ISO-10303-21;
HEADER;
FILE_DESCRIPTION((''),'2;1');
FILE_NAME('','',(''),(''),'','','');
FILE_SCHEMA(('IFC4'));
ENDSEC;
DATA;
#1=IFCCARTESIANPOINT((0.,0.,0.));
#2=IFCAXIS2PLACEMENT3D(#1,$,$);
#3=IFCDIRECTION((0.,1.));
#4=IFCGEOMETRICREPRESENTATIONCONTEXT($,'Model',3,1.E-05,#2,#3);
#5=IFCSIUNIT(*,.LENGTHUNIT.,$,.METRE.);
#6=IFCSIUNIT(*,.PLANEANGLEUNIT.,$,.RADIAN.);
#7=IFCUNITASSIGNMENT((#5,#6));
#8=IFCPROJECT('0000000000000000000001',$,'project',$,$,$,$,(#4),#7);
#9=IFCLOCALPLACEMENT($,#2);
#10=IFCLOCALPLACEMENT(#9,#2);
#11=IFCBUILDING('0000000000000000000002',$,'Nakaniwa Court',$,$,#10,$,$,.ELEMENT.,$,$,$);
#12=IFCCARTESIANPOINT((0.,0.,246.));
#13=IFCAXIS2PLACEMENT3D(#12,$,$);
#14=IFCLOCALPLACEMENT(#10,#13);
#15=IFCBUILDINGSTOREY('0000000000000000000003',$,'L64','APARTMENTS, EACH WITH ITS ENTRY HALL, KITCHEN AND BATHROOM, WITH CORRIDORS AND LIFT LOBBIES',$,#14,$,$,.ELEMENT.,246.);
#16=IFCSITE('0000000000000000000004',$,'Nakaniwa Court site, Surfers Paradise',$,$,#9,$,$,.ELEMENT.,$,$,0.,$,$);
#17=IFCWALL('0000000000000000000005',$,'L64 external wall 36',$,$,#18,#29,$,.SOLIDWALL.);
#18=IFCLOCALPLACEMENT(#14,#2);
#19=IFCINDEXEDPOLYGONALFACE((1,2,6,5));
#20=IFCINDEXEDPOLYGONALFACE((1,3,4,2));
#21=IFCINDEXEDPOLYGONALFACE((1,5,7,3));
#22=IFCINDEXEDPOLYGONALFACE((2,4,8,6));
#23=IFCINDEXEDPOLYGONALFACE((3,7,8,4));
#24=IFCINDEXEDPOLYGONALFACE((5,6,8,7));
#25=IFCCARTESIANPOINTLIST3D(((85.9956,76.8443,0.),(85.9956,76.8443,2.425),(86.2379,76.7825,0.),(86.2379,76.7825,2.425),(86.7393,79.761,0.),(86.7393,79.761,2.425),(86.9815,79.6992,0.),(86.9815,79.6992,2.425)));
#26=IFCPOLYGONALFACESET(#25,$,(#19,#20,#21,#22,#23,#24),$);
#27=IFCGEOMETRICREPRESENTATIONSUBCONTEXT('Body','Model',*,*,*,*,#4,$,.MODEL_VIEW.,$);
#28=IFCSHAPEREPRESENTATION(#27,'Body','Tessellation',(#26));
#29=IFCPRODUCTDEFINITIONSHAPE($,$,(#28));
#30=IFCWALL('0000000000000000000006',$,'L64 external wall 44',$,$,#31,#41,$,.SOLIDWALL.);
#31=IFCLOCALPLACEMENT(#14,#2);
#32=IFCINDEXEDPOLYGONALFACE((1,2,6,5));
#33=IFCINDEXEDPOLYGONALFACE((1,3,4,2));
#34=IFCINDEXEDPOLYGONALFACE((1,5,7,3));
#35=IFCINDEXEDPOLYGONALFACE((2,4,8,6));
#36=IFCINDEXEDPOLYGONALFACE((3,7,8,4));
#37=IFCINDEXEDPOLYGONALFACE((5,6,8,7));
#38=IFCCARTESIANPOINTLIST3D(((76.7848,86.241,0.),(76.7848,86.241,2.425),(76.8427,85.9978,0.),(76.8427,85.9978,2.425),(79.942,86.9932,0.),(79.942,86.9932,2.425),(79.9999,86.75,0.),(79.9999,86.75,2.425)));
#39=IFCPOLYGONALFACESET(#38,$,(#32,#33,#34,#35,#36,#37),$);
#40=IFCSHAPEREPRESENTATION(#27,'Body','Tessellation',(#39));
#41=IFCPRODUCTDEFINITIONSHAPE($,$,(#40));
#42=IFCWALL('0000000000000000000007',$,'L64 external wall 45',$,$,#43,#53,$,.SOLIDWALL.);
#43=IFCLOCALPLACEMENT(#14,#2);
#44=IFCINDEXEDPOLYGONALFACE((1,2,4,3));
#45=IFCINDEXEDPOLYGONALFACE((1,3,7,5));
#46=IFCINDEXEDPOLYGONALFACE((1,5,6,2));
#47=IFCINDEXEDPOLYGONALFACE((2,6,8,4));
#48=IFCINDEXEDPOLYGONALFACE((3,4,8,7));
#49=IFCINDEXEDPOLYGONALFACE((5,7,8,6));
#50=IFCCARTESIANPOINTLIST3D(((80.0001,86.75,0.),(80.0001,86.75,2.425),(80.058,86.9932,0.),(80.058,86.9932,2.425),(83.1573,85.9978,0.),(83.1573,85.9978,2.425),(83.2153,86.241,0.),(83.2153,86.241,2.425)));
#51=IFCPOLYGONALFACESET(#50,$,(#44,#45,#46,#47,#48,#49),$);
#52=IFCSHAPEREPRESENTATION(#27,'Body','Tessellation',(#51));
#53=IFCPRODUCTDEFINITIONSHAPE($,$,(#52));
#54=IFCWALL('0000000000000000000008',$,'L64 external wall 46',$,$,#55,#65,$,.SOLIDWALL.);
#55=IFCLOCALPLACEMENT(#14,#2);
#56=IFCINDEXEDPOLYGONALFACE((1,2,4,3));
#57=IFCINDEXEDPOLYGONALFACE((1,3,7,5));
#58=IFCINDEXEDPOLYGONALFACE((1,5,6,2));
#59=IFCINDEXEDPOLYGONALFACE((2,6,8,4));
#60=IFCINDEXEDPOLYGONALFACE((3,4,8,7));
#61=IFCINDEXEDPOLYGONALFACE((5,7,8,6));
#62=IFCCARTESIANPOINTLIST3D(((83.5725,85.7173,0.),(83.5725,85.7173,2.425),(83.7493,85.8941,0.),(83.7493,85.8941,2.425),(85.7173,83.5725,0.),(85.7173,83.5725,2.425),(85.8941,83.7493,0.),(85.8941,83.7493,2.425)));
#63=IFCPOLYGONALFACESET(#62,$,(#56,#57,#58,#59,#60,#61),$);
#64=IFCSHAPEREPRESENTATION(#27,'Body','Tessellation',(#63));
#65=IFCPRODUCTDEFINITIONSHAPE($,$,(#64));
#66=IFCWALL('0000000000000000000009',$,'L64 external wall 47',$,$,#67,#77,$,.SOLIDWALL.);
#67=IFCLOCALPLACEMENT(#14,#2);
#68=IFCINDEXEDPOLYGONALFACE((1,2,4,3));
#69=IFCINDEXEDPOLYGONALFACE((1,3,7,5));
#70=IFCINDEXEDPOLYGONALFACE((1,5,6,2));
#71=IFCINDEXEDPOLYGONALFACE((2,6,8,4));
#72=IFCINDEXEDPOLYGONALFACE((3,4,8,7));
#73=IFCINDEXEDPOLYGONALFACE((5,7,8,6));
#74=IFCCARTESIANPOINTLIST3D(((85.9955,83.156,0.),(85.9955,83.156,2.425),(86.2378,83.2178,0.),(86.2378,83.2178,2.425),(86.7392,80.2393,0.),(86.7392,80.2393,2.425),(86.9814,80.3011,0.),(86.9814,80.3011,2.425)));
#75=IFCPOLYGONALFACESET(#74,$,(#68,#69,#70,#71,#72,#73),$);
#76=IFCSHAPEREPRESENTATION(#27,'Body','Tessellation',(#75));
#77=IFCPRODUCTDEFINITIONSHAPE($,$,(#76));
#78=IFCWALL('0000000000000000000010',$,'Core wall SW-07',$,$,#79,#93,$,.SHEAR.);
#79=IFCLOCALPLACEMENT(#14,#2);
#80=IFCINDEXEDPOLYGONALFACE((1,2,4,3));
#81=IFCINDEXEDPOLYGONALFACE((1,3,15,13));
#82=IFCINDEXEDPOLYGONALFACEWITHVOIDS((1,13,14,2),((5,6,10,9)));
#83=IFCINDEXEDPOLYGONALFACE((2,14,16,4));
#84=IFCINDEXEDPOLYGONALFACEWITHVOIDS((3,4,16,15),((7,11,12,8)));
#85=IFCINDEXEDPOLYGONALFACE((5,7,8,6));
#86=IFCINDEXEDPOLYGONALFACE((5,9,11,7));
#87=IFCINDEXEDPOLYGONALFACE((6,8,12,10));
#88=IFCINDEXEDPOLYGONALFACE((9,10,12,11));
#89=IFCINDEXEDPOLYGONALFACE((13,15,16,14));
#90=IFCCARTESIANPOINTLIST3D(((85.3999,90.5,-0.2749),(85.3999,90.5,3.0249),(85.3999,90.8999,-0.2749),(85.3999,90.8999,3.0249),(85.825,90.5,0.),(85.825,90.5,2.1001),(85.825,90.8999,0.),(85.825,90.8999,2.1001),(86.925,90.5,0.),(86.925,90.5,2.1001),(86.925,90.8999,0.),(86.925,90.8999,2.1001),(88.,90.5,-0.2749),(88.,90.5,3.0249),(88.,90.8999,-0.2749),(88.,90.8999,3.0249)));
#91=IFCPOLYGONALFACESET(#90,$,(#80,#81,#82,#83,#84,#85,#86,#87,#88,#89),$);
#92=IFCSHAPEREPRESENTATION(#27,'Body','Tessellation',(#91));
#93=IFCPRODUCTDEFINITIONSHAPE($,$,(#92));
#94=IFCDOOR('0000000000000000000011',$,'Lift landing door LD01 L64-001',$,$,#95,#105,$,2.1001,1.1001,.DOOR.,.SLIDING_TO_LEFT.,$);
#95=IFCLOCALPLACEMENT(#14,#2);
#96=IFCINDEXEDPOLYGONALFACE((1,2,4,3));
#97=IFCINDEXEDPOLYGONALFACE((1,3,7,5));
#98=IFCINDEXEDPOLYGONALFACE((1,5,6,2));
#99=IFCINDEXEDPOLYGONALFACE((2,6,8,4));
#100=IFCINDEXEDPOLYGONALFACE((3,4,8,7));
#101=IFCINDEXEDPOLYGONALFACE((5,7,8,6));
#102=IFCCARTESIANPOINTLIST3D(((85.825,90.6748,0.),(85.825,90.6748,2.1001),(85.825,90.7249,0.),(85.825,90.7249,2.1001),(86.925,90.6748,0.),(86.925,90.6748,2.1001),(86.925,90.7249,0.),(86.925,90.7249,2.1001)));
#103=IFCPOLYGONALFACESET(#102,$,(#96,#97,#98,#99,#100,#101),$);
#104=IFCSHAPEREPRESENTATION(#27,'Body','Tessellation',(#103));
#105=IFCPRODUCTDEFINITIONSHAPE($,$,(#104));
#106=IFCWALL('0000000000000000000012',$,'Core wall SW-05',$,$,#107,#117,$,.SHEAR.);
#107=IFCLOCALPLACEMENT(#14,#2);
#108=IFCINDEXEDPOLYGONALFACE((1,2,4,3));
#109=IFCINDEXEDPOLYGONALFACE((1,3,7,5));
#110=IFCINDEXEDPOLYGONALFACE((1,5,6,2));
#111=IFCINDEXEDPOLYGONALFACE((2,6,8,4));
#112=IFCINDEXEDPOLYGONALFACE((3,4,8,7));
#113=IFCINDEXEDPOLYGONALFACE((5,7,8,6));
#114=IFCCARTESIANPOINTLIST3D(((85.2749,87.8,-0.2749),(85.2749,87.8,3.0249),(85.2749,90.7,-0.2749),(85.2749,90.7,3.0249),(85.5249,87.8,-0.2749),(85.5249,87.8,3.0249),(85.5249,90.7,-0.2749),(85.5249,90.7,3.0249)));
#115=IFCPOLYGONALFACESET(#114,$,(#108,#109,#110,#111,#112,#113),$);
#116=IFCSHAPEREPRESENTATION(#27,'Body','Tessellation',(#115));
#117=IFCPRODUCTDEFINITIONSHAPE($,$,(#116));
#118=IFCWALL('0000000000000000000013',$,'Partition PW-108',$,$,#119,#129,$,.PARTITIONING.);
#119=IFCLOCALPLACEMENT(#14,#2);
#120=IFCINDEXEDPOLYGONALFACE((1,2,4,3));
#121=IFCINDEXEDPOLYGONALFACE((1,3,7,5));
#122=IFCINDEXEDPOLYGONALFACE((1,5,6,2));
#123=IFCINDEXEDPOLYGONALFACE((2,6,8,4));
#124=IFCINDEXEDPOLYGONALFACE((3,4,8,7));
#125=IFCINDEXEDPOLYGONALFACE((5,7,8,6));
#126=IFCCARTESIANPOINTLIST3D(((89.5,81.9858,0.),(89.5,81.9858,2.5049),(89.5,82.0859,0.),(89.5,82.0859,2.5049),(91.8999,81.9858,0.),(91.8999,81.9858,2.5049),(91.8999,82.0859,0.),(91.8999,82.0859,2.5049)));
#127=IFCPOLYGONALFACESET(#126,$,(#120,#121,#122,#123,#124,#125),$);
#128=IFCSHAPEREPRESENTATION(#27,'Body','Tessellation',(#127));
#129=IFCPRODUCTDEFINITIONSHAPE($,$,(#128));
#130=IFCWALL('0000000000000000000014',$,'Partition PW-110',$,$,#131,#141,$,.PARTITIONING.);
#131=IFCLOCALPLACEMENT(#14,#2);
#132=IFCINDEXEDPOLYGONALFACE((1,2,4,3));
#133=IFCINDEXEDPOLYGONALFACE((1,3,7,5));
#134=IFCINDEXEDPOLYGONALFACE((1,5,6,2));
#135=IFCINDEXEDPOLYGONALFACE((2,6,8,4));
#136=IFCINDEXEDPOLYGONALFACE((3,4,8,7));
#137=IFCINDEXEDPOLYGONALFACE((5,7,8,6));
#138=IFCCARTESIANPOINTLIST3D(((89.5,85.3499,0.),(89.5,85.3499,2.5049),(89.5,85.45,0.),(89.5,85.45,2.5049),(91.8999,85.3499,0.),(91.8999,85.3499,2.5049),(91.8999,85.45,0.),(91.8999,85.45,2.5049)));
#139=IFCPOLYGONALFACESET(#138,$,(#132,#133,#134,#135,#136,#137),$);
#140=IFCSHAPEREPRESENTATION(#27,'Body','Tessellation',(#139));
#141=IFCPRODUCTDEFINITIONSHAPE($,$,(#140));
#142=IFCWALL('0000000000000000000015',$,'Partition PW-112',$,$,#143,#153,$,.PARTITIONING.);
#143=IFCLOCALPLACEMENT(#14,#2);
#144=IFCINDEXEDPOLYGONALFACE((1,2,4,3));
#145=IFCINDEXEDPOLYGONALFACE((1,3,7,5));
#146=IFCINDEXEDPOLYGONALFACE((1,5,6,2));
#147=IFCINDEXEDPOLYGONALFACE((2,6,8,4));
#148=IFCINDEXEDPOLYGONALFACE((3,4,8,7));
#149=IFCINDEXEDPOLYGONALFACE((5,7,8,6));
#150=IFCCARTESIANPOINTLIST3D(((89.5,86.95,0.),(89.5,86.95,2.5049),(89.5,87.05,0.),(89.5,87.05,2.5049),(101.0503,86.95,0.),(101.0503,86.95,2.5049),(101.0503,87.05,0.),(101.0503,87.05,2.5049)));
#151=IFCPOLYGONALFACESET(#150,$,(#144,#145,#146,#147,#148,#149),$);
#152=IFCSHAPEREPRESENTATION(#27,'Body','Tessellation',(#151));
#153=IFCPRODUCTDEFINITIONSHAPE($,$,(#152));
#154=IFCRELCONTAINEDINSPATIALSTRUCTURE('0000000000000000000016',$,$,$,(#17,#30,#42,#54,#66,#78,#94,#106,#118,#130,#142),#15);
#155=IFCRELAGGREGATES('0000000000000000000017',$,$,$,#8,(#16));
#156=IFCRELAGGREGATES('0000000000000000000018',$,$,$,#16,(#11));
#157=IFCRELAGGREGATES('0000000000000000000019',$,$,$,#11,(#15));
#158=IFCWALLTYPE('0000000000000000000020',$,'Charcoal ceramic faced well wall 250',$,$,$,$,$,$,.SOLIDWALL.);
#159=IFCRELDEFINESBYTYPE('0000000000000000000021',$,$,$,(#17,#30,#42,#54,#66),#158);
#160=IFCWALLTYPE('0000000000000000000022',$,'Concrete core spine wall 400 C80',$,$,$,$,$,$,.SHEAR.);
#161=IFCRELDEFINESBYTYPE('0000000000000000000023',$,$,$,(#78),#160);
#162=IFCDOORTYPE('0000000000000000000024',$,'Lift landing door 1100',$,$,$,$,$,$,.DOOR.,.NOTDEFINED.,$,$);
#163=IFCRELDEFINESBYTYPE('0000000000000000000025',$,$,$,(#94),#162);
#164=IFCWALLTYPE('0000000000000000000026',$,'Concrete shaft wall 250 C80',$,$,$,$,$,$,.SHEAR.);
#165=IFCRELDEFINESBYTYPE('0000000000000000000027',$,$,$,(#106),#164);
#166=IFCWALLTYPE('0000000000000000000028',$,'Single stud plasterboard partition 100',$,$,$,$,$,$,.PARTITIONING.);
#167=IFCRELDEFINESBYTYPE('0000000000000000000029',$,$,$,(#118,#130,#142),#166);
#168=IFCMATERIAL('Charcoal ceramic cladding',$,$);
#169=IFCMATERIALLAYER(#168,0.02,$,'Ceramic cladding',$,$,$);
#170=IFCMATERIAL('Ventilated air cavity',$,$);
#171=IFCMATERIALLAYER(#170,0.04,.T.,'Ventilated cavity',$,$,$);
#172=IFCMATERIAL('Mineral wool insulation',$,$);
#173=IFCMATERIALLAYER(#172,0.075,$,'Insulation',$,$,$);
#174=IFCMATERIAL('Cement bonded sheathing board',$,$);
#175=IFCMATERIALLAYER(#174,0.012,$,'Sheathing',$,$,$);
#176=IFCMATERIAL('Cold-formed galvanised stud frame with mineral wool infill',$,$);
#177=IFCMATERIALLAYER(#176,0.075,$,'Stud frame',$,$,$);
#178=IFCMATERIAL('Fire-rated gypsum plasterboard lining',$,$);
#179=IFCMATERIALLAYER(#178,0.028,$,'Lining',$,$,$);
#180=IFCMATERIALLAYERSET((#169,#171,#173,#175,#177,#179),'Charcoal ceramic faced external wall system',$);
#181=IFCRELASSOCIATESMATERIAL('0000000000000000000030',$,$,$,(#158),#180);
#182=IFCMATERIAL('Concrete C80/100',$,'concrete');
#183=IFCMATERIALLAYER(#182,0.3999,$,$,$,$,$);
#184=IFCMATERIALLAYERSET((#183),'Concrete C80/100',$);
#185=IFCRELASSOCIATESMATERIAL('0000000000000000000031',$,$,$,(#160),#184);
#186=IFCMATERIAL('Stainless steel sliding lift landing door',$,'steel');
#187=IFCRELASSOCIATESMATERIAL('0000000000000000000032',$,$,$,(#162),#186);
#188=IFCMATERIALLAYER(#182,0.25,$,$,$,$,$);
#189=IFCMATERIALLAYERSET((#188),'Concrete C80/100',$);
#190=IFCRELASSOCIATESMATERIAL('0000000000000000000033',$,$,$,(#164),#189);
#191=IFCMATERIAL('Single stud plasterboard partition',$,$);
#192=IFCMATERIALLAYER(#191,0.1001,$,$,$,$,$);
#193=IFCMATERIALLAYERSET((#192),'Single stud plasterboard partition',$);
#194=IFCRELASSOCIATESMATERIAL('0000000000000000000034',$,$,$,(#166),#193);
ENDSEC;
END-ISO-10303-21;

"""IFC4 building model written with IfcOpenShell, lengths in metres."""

from ifc_helpers import new_model, si_unit, direction, frame, frame_2d, origin, place, context, subcontext, project, spatial, rectangle, extrude, material, layer, layer_set, type_object, element, fill, save


model = new_model("IFC4")

# Units and contexts
model_context = context("Model", 3, precision=1e-05, world=origin(), true_north=direction((0.0, 1.0)))
body_context = subcontext(model_context, "Body", "Model", "MODEL_VIEW")
ifc_project = project(units=[si_unit("LENGTHUNIT", "METRE"), si_unit("PLANEANGLEUNIT", "RADIAN")], contexts=[model_context])

# Site, building, storey
site_placement = place(None, origin())
site = spatial("IfcSite", under=ifc_project, at=site_placement, Name="Nakaniwa Court site, Surfers Paradise", CompositionType="ELEMENT", RefElevation=0.0)
building_placement = place(site_placement, origin())
building = spatial("IfcBuilding", under=site, at=building_placement, Name="Nakaniwa Court", CompositionType="ELEMENT")
storey_placement = place(building_placement, frame((0.0, 0.0, 246.0)))
storey = spatial("IfcBuildingStorey", under=building, at=storey_placement, Name="L64", Description="APARTMENTS, EACH WITH ITS ENTRY HALL, KITCHEN AND BATHROOM, WITH CORRIDORS AND LIFT LOBBIES", CompositionType="ELEMENT", Elevation=246.0)

# Shared definitions
ifc_material_1 = material(Name="Concrete C80/100", Category="concrete")

# Walls
ifc_material_2 = material(Name="Charcoal ceramic cladding")
ifc_layer_1 = layer(ifc_material_2, 0.02, Name="Ceramic cladding")
ifc_material_3 = material(Name="Ventilated air cavity")
ifc_layer_2 = layer(ifc_material_3, 0.04, ventilated=True, Name="Ventilated cavity")
ifc_material_4 = material(Name="Mineral wool insulation")
ifc_layer_3 = layer(ifc_material_4, 0.075, Name="Insulation")
ifc_material_5 = material(Name="Cement bonded sheathing board")
ifc_layer_4 = layer(ifc_material_5, 0.012, Name="Sheathing")
ifc_material_6 = material(Name="Cold-formed galvanised stud frame with mineral wool infill")
ifc_layer_5 = layer(ifc_material_6, 0.075, Name="Stud frame")
ifc_material_7 = material(Name="Fire-rated gypsum plasterboard lining")
ifc_layer_6 = layer(ifc_material_7, 0.028, Name="Lining")
ifc_layer_set_1 = layer_set([ifc_layer_1, ifc_layer_2, ifc_layer_3, ifc_layer_4, ifc_layer_5, ifc_layer_6], Name="Charcoal ceramic faced external wall system")
wall_type_1 = type_object("IfcWallType", Name="Charcoal ceramic faced well wall 250", PredefinedType="SOLIDWALL", material=ifc_layer_set_1)
wall_1_placement = place(storey_placement, frame((86.8604, 79.73, 0.0), z_axis=(0.0, 0.0, 1.0), x_axis=(-0.247056, -0.969001, 0.0)))
element("IfcWall", 1, at=wall_1_placement, inside=storey, type_object=wall_type_1, Name="L64 external wall 36", PredefinedType="SOLIDWALL", context=body_context, shape_type="SweptSolid", body=[
    extrude(rectangle(XDim=3.01, YDim=0.25, at=frame_2d((1.5049, 0.0))), origin(), (0.0, 0.0, 1.0), 2.425),
])
for number, where, z_axis, x_axis, name in (
    (2, (76.8137, 86.1194, 0.0), (0.0, 0.0, 1.0), (0.972773, 0.23176, 0.0), "L64 external wall 44"),
    (3, (80.0291, 86.8716, 0.0), (0.0, 0.0, 1.0), (0.972773, -0.23176, 0.0), "L64 external wall 45"),
):
    element("IfcWall", number, at=place(storey_placement, frame(where, z_axis=z_axis, x_axis=x_axis)), inside=storey, type_object=wall_type_1, Name=name, PredefinedType="SOLIDWALL", context=body_context, shape_type="SweptSolid", body=[
        extrude(rectangle(XDim=3.2456, YDim=0.25, at=frame_2d((1.6228, 0.0))), origin(), (0.0, 0.0, 1.0), 2.425),
    ])
wall_2_placement = place(storey_placement, frame((83.6609, 85.8057, 0.0), z_axis=(0.0, 0.0, 1.0), x_axis=(0.707107, -0.707107, 0.0)))
element("IfcWall", 4, at=wall_2_placement, inside=storey, type_object=wall_type_1, Name="L64 external wall 46", PredefinedType="SOLIDWALL", context=body_context, shape_type="SweptSolid", body=[
    extrude(rectangle(XDim=3.0332, YDim=0.25, at=frame_2d((1.5166, 0.0))), origin(), (0.0, 0.0, 1.0), 2.425),
])
wall_3_placement = place(storey_placement, frame((86.1167, 83.1868, 0.0), z_axis=(0.0, 0.0, 1.0), x_axis=(0.247056, -0.969001, 0.0)))
element("IfcWall", 5, at=wall_3_placement, inside=storey, type_object=wall_type_1, Name="L64 external wall 47", PredefinedType="SOLIDWALL", context=body_context, shape_type="SweptSolid", body=[
    extrude(rectangle(XDim=3.01, YDim=0.25, at=frame_2d((1.5049, 0.0))), origin(), (0.0, 0.0, 1.0), 2.425),
])

# Wall, opening, door
ifc_layer_7 = layer(ifc_material_1, 0.3999)
ifc_layer_set_2 = layer_set([ifc_layer_7], Name="Concrete C80/100")
wall_type_2 = type_object("IfcWallType", Name="Concrete core spine wall 400 C80", PredefinedType="SHEAR", material=ifc_layer_set_2)
wall_4_placement = place(storey_placement, frame((85.3999, 90.7, -0.2749), z_axis=(0.0, 0.0, 1.0), x_axis=(1.0, 0.0, 0.0)))
wall_4 = element("IfcWall", 6, at=wall_4_placement, inside=storey, type_object=wall_type_2, Name="Core wall SW-07", PredefinedType="SHEAR", context=body_context, shape_type="SweptSolid", body=[
    extrude(rectangle(XDim=2.6001, YDim=0.3999, at=frame_2d((1.3, 0.0))), origin(), (0.0, 0.0, 1.0), 3.2998),
])
opening_1_placement = place(wall_4_placement, frame((0.425, 0.0, 0.2749)))
opening_1 = element("IfcOpeningElement", 7, at=opening_1_placement, cuts=wall_4, PredefinedType="OPENING", context=body_context, shape_type="SweptSolid", body=[
    extrude(rectangle(XDim=1.1001, YDim=2.1001, at=frame_2d((0.55, 1.05))), frame((0.0, 0.21, 0.0), z_axis=(0.0, -1.0, 0.0), x_axis=(1.0, 0.0, 0.0)), (0.0, 0.0, 1.0), 0.4199),
])
ifc_material_8 = material(Name="Stainless steel sliding lift landing door", Category="steel")
door_type_1 = type_object("IfcDoorType", Name="Lift landing door 1100", OperationType="NOTDEFINED", PredefinedType="DOOR", material=ifc_material_8)
door_1_placement = place(opening_1_placement, origin())
door_1 = element("IfcDoor", 8, at=door_1_placement, inside=storey, type_object=door_type_1, Name="Lift landing door LD01 L64-001", OperationType="SLIDING_TO_LEFT", OverallHeight=2.1001, OverallWidth=1.1001, PredefinedType="DOOR", context=body_context, shape_type="SweptSolid", body=[
    extrude(rectangle(XDim=1.1001, YDim=2.1001, at=frame_2d((0.55, 1.05))), frame((0.0, 0.0249, 0.0), z_axis=(0.0, -1.0, 0.0), x_axis=(1.0, 0.0, 0.0)), (0.0, 0.0, 1.0), 0.05),
])
fill(opening_1, door_1)

# Walls
ifc_layer_8 = layer(ifc_material_1, 0.25)
ifc_layer_set_3 = layer_set([ifc_layer_8], Name="Concrete C80/100")
wall_type_3 = type_object("IfcWallType", Name="Concrete shaft wall 250 C80", PredefinedType="SHEAR", material=ifc_layer_set_3)
wall_5_placement = place(storey_placement, frame((85.3999, 87.8, -0.2749), z_axis=(0.0, 0.0, 1.0), x_axis=(0.0, 1.0, 0.0)))
element("IfcWall", 9, at=wall_5_placement, inside=storey, type_object=wall_type_3, Name="Core wall SW-05", PredefinedType="SHEAR", context=body_context, shape_type="SweptSolid", body=[
    extrude(rectangle(XDim=2.8999, YDim=0.25, at=frame_2d((1.45, 0.0))), origin(), (0.0, 0.0, 1.0), 3.2998),
])
ifc_material_9 = material(Name="Single stud plasterboard partition")
ifc_layer_9 = layer(ifc_material_9, 0.1001)
ifc_layer_set_4 = layer_set([ifc_layer_9], Name="Single stud plasterboard partition")
wall_type_4 = type_object("IfcWallType", Name="Single stud plasterboard partition 100", PredefinedType="PARTITIONING", material=ifc_layer_set_4)
for number, where, z_axis, x_axis, name in (
    (10, (89.5, 82.0359, 0.0), (0.0, 0.0, 1.0), (1.0, 0.0, 0.0), "Partition PW-108"),
    (11, (89.5, 85.3999, 0.0), (0.0, 0.0, 1.0), (1.0, 0.0, 0.0), "Partition PW-110"),
):
    element("IfcWall", number, at=place(storey_placement, frame(where, z_axis=z_axis, x_axis=x_axis)), inside=storey, type_object=wall_type_4, Name=name, PredefinedType="PARTITIONING", context=body_context, shape_type="SweptSolid", body=[
        extrude(rectangle(XDim=2.3999, YDim=0.1001, at=frame_2d((1.2, 0.0))), origin(), (0.0, 0.0, 1.0), 2.5049),
    ])
wall_6_placement = place(storey_placement, frame((89.5, 87.0, 0.0), z_axis=(0.0, 0.0, 1.0), x_axis=(1.0, 0.0, 0.0)))
element("IfcWall", 12, at=wall_6_placement, inside=storey, type_object=wall_type_4, Name="Partition PW-112", PredefinedType="PARTITIONING", context=body_context, shape_type="SweptSolid", body=[
    extrude(rectangle(XDim=11.5503, YDim=0.1001, at=frame_2d((5.7751, 0.0))), origin(), (0.0, 0.0, 1.0), 2.5049),
])

save(model, "model.ifc")
